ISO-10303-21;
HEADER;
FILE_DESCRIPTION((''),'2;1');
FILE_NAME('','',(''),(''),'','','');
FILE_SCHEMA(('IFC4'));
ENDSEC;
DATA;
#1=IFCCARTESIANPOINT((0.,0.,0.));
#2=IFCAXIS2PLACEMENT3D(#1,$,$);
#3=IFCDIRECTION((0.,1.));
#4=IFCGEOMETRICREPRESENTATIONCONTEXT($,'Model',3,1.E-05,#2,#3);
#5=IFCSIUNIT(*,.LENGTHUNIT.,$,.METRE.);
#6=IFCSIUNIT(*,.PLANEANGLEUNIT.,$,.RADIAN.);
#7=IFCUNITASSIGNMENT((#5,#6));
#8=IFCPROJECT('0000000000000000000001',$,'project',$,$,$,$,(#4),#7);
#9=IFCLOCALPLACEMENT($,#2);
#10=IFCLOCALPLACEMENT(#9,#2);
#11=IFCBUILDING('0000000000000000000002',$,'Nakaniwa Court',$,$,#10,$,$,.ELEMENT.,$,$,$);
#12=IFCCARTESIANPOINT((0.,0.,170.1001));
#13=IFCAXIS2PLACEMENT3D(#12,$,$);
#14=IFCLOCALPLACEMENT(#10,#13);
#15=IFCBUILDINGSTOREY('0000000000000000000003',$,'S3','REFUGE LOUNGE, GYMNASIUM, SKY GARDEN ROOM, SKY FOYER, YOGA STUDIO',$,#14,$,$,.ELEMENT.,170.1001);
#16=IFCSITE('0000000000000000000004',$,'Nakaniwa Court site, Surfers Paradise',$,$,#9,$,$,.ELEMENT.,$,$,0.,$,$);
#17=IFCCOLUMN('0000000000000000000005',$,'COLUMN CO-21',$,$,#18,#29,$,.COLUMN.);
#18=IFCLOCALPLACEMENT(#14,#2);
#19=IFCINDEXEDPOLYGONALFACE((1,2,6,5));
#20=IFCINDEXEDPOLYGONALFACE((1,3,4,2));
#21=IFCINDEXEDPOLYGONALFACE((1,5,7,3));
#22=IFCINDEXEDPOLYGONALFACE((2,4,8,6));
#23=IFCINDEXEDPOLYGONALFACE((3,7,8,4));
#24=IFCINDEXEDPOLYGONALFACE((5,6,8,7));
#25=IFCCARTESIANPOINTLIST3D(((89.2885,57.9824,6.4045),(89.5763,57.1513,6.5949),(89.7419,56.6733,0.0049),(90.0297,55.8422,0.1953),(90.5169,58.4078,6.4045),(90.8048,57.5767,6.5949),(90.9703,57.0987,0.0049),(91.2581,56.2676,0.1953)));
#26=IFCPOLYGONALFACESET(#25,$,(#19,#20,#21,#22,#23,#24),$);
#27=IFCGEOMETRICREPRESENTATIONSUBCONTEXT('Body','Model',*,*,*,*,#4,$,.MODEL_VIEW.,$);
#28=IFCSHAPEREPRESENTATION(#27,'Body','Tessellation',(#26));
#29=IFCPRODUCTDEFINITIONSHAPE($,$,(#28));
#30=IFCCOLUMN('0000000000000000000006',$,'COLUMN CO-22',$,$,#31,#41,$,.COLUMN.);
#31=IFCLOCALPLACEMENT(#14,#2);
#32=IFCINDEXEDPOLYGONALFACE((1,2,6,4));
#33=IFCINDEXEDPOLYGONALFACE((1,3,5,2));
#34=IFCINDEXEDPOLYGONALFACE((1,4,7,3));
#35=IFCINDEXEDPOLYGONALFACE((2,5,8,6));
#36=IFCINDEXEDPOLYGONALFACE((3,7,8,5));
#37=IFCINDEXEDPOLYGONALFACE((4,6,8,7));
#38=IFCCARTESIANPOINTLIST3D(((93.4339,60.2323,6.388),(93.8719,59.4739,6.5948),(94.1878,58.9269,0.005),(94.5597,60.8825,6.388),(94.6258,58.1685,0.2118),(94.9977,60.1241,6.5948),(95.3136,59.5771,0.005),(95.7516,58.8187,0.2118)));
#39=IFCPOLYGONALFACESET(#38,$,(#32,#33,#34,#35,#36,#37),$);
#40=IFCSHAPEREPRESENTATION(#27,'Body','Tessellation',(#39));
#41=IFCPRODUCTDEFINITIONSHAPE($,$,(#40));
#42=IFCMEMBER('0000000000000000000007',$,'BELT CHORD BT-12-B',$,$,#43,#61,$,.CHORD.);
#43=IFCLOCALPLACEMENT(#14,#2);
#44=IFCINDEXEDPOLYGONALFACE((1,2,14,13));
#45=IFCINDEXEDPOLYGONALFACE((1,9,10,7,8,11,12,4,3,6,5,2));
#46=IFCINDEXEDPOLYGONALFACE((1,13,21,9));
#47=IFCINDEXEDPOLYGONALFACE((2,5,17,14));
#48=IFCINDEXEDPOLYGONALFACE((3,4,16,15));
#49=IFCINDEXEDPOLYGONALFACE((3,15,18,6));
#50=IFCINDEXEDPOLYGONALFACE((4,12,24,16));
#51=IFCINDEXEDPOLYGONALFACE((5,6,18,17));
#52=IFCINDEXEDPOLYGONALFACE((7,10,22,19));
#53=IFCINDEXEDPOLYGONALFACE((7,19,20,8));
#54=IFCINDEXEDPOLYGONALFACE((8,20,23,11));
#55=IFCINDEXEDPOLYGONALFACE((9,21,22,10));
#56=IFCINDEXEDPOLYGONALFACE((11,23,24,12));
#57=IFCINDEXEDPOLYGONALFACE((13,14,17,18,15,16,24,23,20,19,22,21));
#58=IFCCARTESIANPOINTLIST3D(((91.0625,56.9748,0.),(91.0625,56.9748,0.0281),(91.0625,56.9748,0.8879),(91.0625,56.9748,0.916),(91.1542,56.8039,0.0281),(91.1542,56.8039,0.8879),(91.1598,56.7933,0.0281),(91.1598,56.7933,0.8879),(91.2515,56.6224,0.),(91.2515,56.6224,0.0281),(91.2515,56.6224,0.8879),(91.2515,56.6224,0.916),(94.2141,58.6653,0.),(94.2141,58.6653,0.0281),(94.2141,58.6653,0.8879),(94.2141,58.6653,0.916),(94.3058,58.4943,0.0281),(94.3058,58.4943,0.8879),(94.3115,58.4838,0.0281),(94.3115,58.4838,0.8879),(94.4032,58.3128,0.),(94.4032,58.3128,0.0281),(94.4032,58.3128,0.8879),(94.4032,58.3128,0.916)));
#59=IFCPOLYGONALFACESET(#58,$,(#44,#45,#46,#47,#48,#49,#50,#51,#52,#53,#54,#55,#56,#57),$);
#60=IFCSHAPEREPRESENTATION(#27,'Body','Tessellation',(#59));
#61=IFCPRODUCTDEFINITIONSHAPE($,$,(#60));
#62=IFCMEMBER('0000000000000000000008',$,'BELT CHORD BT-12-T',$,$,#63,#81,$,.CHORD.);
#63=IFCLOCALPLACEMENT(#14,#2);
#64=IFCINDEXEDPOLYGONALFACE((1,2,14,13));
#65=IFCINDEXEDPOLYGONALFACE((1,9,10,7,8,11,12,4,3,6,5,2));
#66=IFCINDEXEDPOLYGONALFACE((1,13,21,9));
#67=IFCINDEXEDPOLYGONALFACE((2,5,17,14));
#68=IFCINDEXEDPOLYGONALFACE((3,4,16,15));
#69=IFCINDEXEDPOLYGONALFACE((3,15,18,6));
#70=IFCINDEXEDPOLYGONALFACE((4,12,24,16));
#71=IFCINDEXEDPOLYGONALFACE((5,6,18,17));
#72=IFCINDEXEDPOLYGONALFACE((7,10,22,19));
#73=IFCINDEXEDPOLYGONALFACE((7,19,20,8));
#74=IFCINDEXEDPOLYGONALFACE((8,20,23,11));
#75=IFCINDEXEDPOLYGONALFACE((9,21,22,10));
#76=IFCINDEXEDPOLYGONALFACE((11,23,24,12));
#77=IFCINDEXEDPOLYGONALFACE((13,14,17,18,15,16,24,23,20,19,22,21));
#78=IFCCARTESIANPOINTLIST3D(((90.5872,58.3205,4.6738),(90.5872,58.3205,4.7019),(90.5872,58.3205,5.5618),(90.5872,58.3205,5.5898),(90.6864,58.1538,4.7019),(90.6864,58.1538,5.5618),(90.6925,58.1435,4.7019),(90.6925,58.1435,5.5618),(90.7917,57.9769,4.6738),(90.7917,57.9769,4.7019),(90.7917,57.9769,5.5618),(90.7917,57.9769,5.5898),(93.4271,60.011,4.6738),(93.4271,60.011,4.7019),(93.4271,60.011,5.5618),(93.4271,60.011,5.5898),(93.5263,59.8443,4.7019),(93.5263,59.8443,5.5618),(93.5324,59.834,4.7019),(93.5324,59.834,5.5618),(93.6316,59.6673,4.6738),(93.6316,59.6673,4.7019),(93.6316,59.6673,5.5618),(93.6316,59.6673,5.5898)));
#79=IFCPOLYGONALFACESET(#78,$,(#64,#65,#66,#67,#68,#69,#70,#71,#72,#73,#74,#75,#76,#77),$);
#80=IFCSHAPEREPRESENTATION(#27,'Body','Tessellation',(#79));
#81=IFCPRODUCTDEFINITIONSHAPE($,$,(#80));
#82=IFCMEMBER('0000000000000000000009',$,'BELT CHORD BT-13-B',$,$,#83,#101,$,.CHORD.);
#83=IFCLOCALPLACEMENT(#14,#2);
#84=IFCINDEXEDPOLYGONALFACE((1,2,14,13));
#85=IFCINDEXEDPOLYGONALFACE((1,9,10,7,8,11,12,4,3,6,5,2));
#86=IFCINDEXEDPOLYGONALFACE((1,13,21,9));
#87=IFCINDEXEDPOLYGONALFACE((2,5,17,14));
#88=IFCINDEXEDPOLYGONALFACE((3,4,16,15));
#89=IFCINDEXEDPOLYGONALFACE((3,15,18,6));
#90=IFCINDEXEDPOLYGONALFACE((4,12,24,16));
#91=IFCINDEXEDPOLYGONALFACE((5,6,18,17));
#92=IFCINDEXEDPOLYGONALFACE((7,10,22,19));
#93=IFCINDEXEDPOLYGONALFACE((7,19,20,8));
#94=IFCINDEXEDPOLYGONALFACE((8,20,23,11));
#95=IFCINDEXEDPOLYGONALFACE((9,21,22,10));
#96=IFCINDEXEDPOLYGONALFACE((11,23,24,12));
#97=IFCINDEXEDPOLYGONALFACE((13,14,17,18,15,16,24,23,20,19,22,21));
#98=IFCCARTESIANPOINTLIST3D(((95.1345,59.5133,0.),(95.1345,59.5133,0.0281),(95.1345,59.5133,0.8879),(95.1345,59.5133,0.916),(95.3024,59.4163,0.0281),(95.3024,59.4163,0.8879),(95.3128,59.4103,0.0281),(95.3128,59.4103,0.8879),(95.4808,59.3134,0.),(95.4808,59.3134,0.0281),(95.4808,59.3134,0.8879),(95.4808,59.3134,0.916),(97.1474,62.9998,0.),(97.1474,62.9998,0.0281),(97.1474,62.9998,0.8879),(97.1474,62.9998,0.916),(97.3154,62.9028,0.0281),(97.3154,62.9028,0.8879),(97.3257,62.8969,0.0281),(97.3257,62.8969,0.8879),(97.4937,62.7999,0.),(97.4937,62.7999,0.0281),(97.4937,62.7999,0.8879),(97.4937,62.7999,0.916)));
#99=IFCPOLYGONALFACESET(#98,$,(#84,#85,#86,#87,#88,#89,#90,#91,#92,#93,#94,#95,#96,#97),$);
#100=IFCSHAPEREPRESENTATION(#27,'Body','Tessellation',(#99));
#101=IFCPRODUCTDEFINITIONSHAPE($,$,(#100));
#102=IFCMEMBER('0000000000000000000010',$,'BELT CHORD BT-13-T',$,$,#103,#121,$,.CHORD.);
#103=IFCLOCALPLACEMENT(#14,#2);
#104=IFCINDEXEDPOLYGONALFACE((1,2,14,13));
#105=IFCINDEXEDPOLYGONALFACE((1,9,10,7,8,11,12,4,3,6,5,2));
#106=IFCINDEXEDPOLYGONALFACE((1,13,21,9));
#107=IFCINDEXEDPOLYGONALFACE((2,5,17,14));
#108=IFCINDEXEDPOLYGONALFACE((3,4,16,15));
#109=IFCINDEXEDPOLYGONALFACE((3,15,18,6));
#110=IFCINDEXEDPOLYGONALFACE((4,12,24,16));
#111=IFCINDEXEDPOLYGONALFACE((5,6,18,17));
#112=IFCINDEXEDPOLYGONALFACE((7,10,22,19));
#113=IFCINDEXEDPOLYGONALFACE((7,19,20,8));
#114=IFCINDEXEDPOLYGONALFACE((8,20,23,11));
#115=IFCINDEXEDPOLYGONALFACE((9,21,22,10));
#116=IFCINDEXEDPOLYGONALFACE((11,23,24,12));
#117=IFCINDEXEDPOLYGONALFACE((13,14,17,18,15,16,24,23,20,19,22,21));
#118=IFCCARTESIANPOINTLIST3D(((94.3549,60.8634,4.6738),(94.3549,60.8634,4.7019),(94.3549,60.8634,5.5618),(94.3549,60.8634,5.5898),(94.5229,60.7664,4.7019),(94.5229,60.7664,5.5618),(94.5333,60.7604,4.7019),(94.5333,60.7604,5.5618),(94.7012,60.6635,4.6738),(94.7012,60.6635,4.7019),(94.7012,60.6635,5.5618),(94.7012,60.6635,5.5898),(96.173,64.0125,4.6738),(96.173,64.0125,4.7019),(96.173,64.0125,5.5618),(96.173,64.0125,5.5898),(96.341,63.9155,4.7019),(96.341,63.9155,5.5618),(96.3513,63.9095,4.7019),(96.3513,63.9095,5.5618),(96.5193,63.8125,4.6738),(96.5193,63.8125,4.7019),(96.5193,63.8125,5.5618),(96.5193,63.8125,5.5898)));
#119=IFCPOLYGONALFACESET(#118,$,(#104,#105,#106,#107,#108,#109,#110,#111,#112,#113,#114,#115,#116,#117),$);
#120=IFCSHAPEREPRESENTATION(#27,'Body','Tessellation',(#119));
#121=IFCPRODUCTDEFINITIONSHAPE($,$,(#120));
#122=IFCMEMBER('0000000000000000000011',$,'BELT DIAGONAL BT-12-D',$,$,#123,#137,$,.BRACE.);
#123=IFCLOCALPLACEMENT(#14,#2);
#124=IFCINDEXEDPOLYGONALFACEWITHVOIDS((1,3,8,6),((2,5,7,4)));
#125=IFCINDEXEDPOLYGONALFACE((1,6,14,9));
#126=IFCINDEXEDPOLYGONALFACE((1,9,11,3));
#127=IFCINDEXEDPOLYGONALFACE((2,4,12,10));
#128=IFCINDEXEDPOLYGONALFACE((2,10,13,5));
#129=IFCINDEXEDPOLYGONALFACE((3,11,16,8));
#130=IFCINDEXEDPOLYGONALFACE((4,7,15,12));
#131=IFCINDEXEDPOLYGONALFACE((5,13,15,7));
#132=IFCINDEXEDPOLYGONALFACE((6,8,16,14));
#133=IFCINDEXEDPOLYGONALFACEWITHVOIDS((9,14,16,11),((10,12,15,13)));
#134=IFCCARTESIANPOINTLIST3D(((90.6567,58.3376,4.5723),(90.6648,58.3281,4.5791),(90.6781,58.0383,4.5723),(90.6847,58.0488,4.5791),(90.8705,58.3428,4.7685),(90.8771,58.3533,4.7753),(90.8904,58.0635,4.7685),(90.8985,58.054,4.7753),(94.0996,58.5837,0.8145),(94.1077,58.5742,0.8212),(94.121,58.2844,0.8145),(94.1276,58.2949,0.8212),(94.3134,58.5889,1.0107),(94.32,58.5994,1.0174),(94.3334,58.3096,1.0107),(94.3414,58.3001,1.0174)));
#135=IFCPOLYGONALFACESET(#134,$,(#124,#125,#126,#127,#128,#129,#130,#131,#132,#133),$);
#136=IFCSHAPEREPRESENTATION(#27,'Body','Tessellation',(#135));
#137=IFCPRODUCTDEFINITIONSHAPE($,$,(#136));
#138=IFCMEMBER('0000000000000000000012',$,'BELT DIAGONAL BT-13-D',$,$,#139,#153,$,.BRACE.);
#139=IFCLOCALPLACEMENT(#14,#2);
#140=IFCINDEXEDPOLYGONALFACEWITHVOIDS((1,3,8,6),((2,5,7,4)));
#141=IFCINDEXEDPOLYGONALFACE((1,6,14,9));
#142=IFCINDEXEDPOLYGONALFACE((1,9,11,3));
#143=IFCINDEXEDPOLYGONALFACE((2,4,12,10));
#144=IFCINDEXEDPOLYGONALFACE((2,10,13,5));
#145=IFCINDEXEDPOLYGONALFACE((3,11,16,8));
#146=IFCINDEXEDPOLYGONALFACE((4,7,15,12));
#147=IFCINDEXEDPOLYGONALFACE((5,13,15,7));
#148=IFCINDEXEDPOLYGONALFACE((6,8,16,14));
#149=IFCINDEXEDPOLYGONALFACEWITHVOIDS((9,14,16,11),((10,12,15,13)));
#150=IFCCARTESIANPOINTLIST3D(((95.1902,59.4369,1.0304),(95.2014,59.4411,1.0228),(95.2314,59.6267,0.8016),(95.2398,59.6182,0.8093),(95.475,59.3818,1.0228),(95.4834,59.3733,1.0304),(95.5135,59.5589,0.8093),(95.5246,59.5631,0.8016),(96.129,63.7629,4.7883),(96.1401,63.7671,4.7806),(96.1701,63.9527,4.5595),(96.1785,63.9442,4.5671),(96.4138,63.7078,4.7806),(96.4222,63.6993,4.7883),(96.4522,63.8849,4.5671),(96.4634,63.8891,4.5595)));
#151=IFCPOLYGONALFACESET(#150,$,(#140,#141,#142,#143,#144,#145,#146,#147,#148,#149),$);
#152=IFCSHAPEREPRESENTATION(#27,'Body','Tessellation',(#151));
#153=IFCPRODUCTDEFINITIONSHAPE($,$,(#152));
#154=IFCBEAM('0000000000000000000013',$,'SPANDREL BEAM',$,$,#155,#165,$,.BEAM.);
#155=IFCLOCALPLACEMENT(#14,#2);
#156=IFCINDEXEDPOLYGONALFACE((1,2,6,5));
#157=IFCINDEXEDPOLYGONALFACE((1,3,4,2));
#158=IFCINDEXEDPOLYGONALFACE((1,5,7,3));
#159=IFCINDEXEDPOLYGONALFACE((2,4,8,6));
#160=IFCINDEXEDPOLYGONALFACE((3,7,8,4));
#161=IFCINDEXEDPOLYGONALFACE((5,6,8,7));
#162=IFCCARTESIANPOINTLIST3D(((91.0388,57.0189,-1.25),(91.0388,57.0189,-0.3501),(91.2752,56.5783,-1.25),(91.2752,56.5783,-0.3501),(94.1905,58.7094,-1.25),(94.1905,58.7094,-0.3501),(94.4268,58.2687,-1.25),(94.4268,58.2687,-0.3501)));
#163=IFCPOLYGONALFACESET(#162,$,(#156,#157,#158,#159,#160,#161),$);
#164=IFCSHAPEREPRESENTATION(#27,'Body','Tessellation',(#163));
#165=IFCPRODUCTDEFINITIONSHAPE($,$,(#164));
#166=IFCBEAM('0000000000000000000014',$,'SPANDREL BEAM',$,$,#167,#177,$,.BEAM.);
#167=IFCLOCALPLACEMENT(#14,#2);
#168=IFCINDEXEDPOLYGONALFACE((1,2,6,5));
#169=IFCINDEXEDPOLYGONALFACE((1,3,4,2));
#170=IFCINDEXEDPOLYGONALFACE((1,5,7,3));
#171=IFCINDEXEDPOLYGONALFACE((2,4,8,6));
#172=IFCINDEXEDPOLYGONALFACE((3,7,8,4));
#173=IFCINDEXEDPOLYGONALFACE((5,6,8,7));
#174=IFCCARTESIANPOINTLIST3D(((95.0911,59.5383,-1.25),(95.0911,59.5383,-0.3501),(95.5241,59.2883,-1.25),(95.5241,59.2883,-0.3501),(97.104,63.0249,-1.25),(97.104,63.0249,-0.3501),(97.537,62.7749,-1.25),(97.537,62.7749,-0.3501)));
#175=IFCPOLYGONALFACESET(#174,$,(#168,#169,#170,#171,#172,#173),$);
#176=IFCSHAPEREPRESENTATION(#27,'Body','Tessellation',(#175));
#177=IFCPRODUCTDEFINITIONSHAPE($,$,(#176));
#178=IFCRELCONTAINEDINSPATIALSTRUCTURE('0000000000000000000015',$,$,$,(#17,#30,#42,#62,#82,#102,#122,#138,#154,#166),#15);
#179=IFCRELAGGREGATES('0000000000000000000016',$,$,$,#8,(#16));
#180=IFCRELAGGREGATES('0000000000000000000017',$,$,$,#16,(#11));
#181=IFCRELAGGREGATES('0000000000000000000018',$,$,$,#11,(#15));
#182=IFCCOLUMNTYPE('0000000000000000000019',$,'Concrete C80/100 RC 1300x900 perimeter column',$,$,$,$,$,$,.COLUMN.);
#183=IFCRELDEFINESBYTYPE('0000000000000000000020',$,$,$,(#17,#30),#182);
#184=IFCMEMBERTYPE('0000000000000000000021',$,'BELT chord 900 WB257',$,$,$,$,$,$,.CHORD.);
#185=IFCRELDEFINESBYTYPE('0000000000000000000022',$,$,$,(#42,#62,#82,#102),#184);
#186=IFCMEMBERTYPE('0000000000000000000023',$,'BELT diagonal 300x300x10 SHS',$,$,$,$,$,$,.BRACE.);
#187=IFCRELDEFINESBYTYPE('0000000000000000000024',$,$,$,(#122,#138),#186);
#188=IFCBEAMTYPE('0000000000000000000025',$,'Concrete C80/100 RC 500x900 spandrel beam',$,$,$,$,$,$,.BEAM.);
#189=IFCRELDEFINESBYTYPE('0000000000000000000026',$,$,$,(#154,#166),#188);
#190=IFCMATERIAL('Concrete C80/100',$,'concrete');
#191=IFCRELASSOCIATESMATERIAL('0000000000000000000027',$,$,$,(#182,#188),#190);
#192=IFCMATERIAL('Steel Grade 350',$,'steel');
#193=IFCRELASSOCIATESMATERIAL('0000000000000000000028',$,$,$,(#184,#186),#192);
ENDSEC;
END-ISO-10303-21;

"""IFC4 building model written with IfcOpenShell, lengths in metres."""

from ifc_helpers import new_model, si_unit, direction, frame, origin, origin_2d, place, context, subcontext, project, spatial, rectangle, hollow_rectangle, i_section, extrude, material, material_profile, profile_set, type_object, element, save


model = new_model("IFC4")

# Units and contexts
model_context = context("Model", 3, precision=1e-05, world=origin(), true_north=direction((0.0, 1.0)))
body_context = subcontext(model_context, "Body", "Model", "MODEL_VIEW")
ifc_project = project(units=[si_unit("LENGTHUNIT", "METRE"), si_unit("PLANEANGLEUNIT", "RADIAN")], contexts=[model_context])

# Site, building, storey
site_placement = place(None, origin())
site = spatial("IfcSite", under=ifc_project, at=site_placement, Name="Nakaniwa Court site, Surfers Paradise", CompositionType="ELEMENT", RefElevation=0.0)
building_placement = place(site_placement, origin())
building = spatial("IfcBuilding", under=site, at=building_placement, Name="Nakaniwa Court", CompositionType="ELEMENT")
storey_placement = place(building_placement, frame((0.0, 0.0, 170.1001)))
storey = spatial("IfcBuildingStorey", under=building, at=storey_placement, Name="S3", Description="REFUGE LOUNGE, GYMNASIUM, SKY GARDEN ROOM, SKY FOYER, YOGA STUDIO", CompositionType="ELEMENT", Elevation=170.1001)

# Columns
ifc_material_1 = material(Name="Concrete C80/100", Category="concrete")
ifc_material_profile_1 = material_profile(ifc_material_1, rectangle(XDim=1.3, YDim=0.8999, at=origin_2d()), Name="Concrete C80/100 RC 1300x900 perimeter column")
ifc_profile_set_1 = profile_set([ifc_material_profile_1], Name="Concrete C80/100")
column_type = type_object("IfcColumnType", Name="Concrete C80/100 RC 1300x900 perimeter column", PredefinedType="COLUMN", material=ifc_profile_set_1)
column_1_placement = place(storey_placement, frame((90.5, 56.4705, 0.1001), z_axis=(-0.069239, 0.199924, 0.977362), x_axis=(-0.944936, -0.327256, 0.0)))
element("IfcColumn", 1, at=column_1_placement, inside=storey, type_object=column_type, Name="COLUMN CO-21", PredefinedType="COLUMN", context=body_context, shape_type="SweptSolid", body=[
    extrude(rectangle(XDim=1.3, YDim=0.8999, at=origin_2d()), origin(), (0.0, 0.0, 1.0), 6.5479),
])
column_2_placement = place(storey_placement, frame((94.9697, 58.8728, 0.1084), z_axis=(-0.114948, 0.199038, 0.973227), x_axis=(-0.865962, -0.50011, 0.0)))
element("IfcColumn", 2, at=column_2_placement, inside=storey, type_object=column_type, Name="COLUMN CO-22", PredefinedType="COLUMN", context=body_context, shape_type="SweptSolid", body=[
    extrude(rectangle(XDim=1.3, YDim=0.8999, at=origin_2d()), origin(), (0.0, 0.0, 1.0), 6.5586),
])

# Members
ifc_material_2 = material(Name="Steel Grade 350", Category="steel")
ifc_material_profile_2 = material_profile(ifc_material_2, i_section(OverallWidth=0.3999, OverallDepth=0.916, WebThickness=0.012, FlangeThickness=0.0281, at=origin_2d()), Name="900WB257")
ifc_profile_set_2 = profile_set([ifc_material_profile_2], Name="Steel Grade 350")
member_type_1 = type_object("IfcMemberType", Name="BELT chord 900 WB257", PredefinedType="CHORD", material=ifc_profile_set_2)
member_1_placement = place(storey_placement, frame((91.157, 56.7986, 0.458), z_axis=(0.881239, 0.47267, 0.0), x_axis=(-0.47267, 0.881239, 0.0)))
element("IfcMember", 3, at=member_1_placement, inside=storey, type_object=member_type_1, Name="BELT CHORD BT-12-B", PredefinedType="CHORD", context=body_context, shape_type="SweptSolid", body=[
    extrude(i_section(OverallWidth=0.3999, OverallDepth=0.916, WebThickness=0.012, FlangeThickness=0.0281, at=origin_2d()), origin(), (0.0, 0.0, 1.0), 3.5764),
])
member_2_placement = place(storey_placement, frame((90.6895, 58.1487, 5.1318), z_axis=(0.859287, 0.511494, 0.0), x_axis=(-0.511494, 0.859287, 0.0)))
element("IfcMember", 4, at=member_2_placement, inside=storey, type_object=member_type_1, Name="BELT CHORD BT-12-T", PredefinedType="CHORD", context=body_context, shape_type="SweptSolid", body=[
    extrude(i_section(OverallWidth=0.3999, OverallDepth=0.916, WebThickness=0.012, FlangeThickness=0.0281, at=origin_2d()), origin(), (0.0, 0.0, 1.0), 3.3049),
])
member_3_placement = place(storey_placement, frame((95.3076, 59.4133, 0.458), z_axis=(0.499994, 0.866029, 0.0), x_axis=(-0.866029, 0.499994, 0.0)))
element("IfcMember", 5, at=member_3_placement, inside=storey, type_object=member_type_1, Name="BELT CHORD BT-13-B", PredefinedType="CHORD", context=body_context, shape_type="SweptSolid", body=[
    extrude(i_section(OverallWidth=0.3999, OverallDepth=0.916, WebThickness=0.012, FlangeThickness=0.0281, at=origin_2d()), origin(), (0.0, 0.0, 1.0), 4.0259),
])
member_4_placement = place(storey_placement, frame((94.5281, 60.7634, 5.1318), z_axis=(0.499988, 0.866032, 0.0), x_axis=(-0.866032, 0.499988, 0.0)))
element("IfcMember", 6, at=member_4_placement, inside=storey, type_object=member_type_1, Name="BELT CHORD BT-13-T", PredefinedType="CHORD", context=body_context, shape_type="SweptSolid", body=[
    extrude(i_section(OverallWidth=0.3999, OverallDepth=0.916, WebThickness=0.012, FlangeThickness=0.0281, at=origin_2d()), origin(), (0.0, 0.0, 1.0), 3.6362),
])
ifc_material_profile_3 = material_profile(ifc_material_2, hollow_rectangle(XDim=0.3, YDim=0.3, WallThickness=0.01, at=origin_2d()), Name="BELT diagonal 300x300x10 SHS")
ifc_profile_set_3 = profile_set([ifc_material_profile_3], Name="Steel Grade 350")
member_type_2 = type_object("IfcMemberType", Name="BELT diagonal 300x300x10 SHS", PredefinedType="BRACE", material=ifc_profile_set_3)
member_5_placement = place(storey_placement, frame((90.7776, 58.1958, 4.6738), z_axis=(0.674748, 0.04823, -0.736471), x_axis=(-0.071297, 0.997455, 0.0)))
element("IfcMember", 7, at=member_5_placement, inside=storey, type_object=member_type_2, Name="BELT DIAGONAL BT-12-D", PredefinedType="BRACE", context=body_context, shape_type="SweptSolid", body=[
    extrude(hollow_rectangle(XDim=0.3, YDim=0.3, WallThickness=0.01, at=origin_2d()), origin(), (0.0, 0.0, 1.0), 5.1025),
])
member_6_placement = place(storey_placement, frame((95.3574, 59.5, 0.916), z_axis=(0.161666, 0.745008, 0.647168), x_axis=(-0.977256, 0.212063, 0.0)))
element("IfcMember", 8, at=member_6_placement, inside=storey, type_object=member_type_2, Name="BELT DIAGONAL BT-13-D", PredefinedType="BRACE", context=body_context, shape_type="SweptSolid", body=[
    extrude(hollow_rectangle(XDim=0.3, YDim=0.3, WallThickness=0.01, at=origin_2d()), origin(), (0.0, 0.0, 1.0), 5.8066),
])

# Beams
ifc_material_profile_4 = material_profile(ifc_material_1, rectangle(XDim=0.5, YDim=0.8999, at=origin_2d()), Name="Concrete C80/100 RC 500x900 spandrel beam")
ifc_profile_set_4 = profile_set([ifc_material_profile_4], Name="Concrete C80/100")
beam_type = type_object("IfcBeamType", Name="Concrete C80/100 RC 500x900 spandrel beam", PredefinedType="BEAM", material=ifc_profile_set_4)
beam_1_placement = place(storey_placement, frame((91.157, 56.7986, -0.8), z_axis=(0.881239, 0.47267, 0.0), x_axis=(-0.47267, 0.881239, 0.0)))
element("IfcBeam", 9, at=beam_1_placement, inside=storey, type_object=beam_type, Name="SPANDREL BEAM", PredefinedType="BEAM", context=body_context, shape_type="SweptSolid", body=[
    extrude(rectangle(XDim=0.5, YDim=0.8999, at=origin_2d()), origin(), (0.0, 0.0, 1.0), 3.5764),
])
beam_2_placement = place(storey_placement, frame((95.3076, 59.4133, -0.8), z_axis=(0.499994, 0.866029, 0.0), x_axis=(-0.866029, 0.499994, 0.0)))
element("IfcBeam", 10, at=beam_2_placement, inside=storey, type_object=beam_type, Name="SPANDREL BEAM", PredefinedType="BEAM", context=body_context, shape_type="SweptSolid", body=[
    extrude(rectangle(XDim=0.5, YDim=0.8999, at=origin_2d()), origin(), (0.0, 0.0, 1.0), 4.0259),
])

save(model, "model.ifc")
